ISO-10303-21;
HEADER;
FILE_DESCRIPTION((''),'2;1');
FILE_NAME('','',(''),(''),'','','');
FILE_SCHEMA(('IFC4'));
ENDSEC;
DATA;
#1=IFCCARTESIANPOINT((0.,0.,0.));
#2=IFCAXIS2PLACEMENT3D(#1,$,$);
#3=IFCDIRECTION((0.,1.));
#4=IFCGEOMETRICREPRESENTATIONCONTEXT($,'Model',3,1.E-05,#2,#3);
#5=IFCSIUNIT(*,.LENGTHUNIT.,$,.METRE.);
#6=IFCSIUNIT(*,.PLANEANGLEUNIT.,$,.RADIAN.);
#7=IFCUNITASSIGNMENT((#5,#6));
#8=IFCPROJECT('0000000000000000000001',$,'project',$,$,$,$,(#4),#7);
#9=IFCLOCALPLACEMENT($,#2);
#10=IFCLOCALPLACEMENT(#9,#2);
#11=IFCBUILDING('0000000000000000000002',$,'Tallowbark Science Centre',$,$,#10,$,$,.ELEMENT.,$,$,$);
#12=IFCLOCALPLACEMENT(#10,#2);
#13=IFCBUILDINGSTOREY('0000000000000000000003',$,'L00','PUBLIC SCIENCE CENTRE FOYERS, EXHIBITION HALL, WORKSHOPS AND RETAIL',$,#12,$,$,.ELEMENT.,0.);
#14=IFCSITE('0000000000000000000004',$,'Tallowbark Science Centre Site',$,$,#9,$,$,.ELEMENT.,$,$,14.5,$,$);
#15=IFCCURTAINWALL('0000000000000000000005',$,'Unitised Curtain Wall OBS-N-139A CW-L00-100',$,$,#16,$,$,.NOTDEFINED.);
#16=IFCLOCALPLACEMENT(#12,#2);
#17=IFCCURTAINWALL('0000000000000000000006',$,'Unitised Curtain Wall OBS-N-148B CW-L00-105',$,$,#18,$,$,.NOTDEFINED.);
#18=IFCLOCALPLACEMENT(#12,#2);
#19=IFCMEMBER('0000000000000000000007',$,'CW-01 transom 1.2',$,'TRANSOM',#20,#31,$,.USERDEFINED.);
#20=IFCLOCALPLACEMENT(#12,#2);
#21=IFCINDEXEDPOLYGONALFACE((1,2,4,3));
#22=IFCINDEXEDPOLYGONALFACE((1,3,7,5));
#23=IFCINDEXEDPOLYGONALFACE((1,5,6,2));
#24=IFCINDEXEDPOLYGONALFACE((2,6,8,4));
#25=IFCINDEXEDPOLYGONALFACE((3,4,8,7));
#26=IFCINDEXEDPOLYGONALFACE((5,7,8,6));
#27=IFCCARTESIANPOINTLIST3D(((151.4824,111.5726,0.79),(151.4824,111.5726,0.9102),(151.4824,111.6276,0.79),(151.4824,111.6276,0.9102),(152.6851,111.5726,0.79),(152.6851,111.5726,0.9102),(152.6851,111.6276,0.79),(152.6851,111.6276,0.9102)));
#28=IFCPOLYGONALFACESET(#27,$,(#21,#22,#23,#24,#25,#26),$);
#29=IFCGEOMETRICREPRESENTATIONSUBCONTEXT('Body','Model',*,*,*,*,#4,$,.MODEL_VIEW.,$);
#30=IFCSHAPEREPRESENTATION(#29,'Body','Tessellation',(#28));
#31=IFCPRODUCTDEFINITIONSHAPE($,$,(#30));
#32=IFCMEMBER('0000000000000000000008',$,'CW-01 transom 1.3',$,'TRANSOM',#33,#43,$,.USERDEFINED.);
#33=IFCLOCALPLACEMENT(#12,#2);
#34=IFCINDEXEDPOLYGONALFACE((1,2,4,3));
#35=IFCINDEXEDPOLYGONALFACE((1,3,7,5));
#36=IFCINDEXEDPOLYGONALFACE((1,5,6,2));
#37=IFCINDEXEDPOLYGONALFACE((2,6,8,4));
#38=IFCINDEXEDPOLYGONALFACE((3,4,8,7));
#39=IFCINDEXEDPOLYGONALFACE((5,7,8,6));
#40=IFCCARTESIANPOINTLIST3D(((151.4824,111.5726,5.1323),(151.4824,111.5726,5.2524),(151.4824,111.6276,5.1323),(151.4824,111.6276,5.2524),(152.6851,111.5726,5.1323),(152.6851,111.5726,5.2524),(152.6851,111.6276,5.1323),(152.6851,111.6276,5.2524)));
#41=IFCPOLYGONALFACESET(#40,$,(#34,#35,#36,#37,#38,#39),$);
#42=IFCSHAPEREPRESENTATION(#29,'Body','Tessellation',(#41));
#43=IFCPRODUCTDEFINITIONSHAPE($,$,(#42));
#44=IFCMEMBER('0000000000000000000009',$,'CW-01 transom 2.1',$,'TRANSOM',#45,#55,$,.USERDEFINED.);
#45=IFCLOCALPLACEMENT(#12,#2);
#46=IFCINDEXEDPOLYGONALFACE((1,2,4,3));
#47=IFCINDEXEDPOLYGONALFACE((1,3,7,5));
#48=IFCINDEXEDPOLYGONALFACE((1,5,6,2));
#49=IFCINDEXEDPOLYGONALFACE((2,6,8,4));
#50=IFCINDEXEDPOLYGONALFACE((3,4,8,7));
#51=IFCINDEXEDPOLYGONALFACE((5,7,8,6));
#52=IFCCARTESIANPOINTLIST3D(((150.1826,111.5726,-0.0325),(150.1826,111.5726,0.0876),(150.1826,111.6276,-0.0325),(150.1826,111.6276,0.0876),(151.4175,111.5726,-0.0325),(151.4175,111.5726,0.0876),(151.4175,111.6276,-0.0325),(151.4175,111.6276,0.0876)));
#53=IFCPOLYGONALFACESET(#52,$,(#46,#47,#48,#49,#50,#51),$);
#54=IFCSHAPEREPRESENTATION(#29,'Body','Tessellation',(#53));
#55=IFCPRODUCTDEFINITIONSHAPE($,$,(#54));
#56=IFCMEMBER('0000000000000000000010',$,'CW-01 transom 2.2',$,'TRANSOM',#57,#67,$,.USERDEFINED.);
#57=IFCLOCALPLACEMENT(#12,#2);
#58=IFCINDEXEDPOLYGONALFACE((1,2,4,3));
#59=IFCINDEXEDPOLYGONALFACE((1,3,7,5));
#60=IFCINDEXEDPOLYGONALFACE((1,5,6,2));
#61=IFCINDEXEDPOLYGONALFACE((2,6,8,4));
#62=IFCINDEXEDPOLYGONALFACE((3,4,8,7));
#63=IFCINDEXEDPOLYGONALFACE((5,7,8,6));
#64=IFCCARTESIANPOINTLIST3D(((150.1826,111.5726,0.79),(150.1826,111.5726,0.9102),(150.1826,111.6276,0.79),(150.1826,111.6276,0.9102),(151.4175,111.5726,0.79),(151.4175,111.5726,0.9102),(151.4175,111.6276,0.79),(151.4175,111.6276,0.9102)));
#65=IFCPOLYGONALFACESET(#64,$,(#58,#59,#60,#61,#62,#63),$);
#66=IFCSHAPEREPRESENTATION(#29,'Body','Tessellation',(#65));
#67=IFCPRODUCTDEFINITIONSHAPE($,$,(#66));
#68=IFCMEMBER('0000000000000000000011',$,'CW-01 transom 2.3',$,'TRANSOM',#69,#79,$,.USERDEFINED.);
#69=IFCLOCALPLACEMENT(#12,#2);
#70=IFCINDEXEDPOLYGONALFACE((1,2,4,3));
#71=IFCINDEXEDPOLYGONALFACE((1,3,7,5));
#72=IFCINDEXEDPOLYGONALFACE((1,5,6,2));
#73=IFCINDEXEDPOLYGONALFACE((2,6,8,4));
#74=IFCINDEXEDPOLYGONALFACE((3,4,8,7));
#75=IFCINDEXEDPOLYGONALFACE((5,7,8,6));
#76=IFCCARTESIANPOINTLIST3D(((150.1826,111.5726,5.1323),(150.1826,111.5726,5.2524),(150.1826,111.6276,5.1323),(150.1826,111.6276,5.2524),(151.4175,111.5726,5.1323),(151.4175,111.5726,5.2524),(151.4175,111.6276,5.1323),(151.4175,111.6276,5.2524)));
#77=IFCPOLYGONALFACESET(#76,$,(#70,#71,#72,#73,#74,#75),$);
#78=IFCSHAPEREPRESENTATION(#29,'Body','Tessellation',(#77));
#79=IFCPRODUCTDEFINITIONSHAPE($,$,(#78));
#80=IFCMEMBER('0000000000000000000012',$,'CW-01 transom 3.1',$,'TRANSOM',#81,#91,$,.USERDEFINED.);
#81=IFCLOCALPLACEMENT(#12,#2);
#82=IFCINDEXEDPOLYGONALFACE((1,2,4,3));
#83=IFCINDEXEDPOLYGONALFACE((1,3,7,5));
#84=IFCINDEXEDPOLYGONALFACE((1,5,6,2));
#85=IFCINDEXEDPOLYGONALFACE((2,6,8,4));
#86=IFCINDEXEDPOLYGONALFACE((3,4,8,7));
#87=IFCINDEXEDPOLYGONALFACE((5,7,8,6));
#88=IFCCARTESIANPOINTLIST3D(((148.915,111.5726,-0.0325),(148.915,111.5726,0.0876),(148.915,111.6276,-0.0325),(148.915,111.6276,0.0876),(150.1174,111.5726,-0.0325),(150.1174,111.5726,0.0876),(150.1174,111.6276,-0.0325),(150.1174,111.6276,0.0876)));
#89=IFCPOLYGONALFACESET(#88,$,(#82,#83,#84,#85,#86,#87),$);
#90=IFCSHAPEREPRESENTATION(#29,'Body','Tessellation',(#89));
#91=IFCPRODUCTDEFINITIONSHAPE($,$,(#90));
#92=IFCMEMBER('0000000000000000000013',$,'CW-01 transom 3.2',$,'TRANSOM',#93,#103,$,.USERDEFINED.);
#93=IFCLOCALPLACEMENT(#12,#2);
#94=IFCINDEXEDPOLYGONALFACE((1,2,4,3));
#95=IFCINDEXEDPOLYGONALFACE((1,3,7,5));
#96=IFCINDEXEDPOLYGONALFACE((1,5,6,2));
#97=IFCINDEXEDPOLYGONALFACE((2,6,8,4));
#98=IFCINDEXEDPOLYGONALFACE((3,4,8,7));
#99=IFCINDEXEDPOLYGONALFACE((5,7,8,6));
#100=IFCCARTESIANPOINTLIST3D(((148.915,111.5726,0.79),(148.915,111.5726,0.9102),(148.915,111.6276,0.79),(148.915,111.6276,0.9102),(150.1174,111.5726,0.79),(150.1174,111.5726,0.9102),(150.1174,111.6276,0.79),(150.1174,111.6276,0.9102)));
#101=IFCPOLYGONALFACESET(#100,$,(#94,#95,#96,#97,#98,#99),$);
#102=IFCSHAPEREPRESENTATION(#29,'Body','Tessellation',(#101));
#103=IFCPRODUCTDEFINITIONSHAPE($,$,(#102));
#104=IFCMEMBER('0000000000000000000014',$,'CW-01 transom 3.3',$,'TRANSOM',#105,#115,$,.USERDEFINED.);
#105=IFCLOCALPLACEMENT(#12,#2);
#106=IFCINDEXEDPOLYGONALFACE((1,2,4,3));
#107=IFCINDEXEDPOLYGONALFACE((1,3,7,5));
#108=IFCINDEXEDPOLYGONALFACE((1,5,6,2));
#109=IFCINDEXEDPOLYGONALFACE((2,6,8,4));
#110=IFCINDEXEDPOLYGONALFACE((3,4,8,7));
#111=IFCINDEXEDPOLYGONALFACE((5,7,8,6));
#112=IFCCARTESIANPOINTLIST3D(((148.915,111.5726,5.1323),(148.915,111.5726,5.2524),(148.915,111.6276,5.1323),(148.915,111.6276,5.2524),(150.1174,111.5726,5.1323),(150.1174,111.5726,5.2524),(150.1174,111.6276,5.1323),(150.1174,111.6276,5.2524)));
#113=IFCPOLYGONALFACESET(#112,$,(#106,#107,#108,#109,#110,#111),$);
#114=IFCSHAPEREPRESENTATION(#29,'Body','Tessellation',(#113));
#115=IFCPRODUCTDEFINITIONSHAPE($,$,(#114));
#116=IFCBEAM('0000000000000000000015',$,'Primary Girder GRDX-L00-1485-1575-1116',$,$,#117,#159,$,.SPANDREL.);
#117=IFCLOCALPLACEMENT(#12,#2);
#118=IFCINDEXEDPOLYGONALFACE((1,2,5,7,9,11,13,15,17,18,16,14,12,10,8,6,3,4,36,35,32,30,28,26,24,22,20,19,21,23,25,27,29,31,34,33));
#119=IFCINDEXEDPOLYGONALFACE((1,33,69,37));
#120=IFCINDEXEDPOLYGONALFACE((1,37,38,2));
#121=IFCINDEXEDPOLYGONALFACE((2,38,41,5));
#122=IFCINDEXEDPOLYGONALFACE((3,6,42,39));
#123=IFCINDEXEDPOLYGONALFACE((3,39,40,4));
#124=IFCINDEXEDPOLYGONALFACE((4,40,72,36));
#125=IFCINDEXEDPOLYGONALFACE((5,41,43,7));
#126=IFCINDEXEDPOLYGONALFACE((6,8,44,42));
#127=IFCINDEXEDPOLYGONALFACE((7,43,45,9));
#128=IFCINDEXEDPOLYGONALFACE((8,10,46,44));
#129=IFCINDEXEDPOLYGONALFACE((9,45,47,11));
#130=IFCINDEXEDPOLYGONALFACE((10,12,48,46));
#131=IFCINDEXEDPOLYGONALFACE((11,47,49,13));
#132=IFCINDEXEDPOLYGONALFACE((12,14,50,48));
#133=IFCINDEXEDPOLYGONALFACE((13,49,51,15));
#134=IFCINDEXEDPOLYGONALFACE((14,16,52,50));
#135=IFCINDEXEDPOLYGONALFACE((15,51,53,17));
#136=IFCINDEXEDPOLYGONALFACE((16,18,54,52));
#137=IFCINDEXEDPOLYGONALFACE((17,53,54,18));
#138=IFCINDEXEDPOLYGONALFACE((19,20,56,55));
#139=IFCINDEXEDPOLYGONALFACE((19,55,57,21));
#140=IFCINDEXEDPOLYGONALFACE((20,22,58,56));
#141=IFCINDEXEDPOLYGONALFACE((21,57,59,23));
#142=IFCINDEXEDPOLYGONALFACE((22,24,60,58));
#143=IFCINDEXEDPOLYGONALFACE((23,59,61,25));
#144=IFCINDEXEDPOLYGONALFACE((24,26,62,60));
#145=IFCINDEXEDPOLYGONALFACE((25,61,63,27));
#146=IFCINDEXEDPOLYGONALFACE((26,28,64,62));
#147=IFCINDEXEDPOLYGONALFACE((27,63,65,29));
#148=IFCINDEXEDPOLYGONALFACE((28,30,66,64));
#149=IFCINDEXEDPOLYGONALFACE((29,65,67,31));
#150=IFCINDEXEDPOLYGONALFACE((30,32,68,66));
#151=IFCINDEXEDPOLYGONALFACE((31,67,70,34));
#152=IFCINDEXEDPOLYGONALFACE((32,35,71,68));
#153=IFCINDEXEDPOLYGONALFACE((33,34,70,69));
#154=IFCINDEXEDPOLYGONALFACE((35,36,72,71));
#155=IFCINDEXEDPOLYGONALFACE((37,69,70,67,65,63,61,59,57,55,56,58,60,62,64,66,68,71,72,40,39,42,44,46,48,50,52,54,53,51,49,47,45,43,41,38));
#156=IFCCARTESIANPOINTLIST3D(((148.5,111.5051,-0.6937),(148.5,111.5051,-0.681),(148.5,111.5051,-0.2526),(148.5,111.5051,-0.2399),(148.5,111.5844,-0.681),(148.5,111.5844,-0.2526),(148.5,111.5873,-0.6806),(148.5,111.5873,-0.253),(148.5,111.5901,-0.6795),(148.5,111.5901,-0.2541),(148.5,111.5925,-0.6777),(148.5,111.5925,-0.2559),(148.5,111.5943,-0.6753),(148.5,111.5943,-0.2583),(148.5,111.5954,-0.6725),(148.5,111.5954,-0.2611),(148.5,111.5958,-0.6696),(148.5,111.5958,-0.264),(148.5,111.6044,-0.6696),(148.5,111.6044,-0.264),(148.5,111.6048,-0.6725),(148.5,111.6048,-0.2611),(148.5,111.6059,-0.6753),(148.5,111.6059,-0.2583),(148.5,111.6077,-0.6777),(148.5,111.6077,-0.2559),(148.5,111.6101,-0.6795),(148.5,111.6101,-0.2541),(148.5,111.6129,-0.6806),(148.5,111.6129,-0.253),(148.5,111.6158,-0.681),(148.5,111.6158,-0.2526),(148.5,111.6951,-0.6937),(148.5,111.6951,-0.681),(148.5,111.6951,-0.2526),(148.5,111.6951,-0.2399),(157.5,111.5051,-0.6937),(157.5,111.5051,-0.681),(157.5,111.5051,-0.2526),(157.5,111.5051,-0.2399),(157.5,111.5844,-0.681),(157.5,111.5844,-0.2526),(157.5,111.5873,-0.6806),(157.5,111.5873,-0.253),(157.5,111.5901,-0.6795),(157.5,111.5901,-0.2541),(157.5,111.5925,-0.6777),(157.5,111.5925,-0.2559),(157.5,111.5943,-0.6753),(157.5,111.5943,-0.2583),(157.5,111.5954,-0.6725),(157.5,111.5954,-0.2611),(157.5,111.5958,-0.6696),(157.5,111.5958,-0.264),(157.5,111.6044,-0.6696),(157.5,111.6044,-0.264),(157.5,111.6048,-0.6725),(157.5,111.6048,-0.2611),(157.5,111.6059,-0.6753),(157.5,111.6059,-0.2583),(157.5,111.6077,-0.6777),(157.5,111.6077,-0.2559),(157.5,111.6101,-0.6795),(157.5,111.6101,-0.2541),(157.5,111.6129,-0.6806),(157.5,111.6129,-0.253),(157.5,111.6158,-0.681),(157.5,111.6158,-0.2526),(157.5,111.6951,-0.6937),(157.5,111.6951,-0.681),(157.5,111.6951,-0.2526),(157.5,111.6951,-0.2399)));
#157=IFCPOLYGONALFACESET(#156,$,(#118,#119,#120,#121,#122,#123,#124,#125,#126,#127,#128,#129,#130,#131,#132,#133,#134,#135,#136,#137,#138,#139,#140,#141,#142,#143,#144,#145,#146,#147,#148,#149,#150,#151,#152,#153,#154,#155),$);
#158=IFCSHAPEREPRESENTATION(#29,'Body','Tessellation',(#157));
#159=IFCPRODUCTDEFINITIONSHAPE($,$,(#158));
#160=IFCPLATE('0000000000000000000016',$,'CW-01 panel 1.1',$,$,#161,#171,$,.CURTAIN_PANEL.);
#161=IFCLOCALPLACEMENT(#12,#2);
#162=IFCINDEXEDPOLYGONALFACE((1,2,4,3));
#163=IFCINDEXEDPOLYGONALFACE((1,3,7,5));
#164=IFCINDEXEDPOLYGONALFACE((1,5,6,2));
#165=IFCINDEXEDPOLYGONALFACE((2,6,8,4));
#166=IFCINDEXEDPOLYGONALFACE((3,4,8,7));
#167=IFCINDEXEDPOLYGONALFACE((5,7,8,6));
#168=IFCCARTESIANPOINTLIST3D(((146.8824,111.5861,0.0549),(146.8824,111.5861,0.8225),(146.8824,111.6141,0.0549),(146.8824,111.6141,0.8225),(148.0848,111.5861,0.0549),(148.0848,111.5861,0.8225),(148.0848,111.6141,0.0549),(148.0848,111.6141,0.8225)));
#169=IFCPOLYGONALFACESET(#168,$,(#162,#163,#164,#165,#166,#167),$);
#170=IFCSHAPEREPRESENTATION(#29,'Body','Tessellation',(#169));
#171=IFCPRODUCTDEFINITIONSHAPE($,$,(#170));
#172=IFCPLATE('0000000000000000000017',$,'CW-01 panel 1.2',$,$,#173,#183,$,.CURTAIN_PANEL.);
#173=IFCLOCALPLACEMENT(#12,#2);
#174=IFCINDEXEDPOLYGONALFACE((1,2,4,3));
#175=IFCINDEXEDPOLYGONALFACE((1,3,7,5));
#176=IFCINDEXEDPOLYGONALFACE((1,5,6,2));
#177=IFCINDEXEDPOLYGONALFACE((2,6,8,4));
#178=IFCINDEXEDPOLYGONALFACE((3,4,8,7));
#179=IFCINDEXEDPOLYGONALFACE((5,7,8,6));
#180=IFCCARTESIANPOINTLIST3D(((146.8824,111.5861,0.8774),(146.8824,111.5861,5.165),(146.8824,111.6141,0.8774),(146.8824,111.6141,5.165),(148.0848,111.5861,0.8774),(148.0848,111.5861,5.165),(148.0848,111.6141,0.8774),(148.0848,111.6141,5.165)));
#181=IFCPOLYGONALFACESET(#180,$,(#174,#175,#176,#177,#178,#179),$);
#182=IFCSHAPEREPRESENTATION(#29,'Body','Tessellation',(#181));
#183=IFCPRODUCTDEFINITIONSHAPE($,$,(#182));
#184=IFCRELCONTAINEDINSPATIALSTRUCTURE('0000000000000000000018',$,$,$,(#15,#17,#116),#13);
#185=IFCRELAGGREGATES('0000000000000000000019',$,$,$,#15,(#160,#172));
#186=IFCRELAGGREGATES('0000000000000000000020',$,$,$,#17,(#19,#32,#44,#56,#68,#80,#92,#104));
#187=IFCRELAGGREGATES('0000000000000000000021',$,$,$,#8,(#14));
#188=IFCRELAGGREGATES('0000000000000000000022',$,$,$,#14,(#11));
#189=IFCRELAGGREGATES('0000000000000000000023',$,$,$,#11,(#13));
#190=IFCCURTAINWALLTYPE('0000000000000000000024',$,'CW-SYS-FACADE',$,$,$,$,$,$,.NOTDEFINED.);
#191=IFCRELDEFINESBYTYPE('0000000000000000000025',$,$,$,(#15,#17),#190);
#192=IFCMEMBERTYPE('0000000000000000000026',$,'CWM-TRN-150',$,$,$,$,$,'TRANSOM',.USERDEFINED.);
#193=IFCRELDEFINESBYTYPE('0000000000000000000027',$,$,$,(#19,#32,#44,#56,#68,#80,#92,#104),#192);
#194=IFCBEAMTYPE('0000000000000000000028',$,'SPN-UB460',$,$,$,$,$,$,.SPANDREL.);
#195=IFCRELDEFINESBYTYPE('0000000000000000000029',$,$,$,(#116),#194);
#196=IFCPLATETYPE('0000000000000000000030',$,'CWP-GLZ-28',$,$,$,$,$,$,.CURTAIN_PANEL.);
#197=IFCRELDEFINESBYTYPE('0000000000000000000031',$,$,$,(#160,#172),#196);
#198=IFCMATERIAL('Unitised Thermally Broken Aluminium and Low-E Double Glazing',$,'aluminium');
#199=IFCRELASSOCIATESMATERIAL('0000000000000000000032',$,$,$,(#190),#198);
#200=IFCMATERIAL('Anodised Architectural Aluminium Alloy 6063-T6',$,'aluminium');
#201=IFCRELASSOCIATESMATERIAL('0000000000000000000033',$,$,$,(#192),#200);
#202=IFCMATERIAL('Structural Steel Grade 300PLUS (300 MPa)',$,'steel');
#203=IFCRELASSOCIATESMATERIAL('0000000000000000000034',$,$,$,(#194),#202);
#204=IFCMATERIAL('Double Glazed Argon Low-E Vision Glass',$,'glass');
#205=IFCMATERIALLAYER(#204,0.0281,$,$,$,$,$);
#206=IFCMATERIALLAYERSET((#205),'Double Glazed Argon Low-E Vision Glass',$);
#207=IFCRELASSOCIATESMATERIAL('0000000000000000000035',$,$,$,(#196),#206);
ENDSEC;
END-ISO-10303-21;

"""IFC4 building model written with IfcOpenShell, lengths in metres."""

from ifc_helpers import new_model, si_unit, direction, frame, origin, origin_2d, place, context, subcontext, project, spatial, rectangle, i_section, extrude, material, layer, layer_set, material_profile, profile_set, type_object, element, aggregate, save


model = new_model("IFC4")

# Units and contexts
model_context = context("Model", 3, precision=1e-05, world=origin(), true_north=direction((0.0, 1.0)))
body_context = subcontext(model_context, "Body", "Model", "MODEL_VIEW")
ifc_project = project(units=[si_unit("LENGTHUNIT", "METRE"), si_unit("PLANEANGLEUNIT", "RADIAN")], contexts=[model_context])

# Site, building, storey
site_placement = place(None, origin())
site = spatial("IfcSite", under=ifc_project, at=site_placement, Name="Tallowbark Science Centre Site", CompositionType="ELEMENT", RefElevation=14.5)
building_placement = place(site_placement, origin())
building = spatial("IfcBuilding", under=site, at=building_placement, Name="Tallowbark Science Centre", CompositionType="ELEMENT")
storey_placement = place(building_placement, origin())
storey = spatial("IfcBuildingStorey", under=building, at=storey_placement, Name="L00", Description="PUBLIC SCIENCE CENTRE FOYERS, EXHIBITION HALL, WORKSHOPS AND RETAIL", CompositionType="ELEMENT", Elevation=0.0)

# Shared definitions
ifc_material_1 = material(Name="Structural Steel Grade 300PLUS (300 MPa)", Category="steel")

# Curtain wall
ifc_material_2 = material(Name="Unitised Thermally Broken Aluminium and Low-E Double Glazing", Category="aluminium")
curtain_wall_type = type_object("IfcCurtainWallType", Name="CW-SYS-FACADE", PredefinedType="NOTDEFINED", material=ifc_material_2)
curtain_wall_1_placement = place(storey_placement, origin())
curtain_wall_1 = element("IfcCurtainWall", 1, at=curtain_wall_1_placement, inside=storey, type_object=curtain_wall_type, Name="Unitised Curtain Wall OBS-N-139A CW-L00-100", PredefinedType="NOTDEFINED")
ifc_material_3 = material(Name="Anodised Architectural Aluminium Alloy 6063-T6", Category="aluminium")

# Curtain wall
curtain_wall_2_placement = place(storey_placement, origin())
curtain_wall_2 = element("IfcCurtainWall", 2, at=curtain_wall_2_placement, inside=storey, type_object=curtain_wall_type, Name="Unitised Curtain Wall OBS-N-148B CW-L00-105", PredefinedType="NOTDEFINED")

# Members
ifc_material_profile_1 = material_profile(ifc_material_3, rectangle(XDim=0.0549, YDim=0.1201, at=origin_2d()), Name="ALU55x120")
ifc_profile_set_1 = profile_set([ifc_material_profile_1], Name="Anodised Architectural Aluminium Alloy 6063-T6")
member_type_1 = type_object("IfcMemberType", Name="CWM-TRN-150", ElementType="TRANSOM", PredefinedType="USERDEFINED", material=ifc_profile_set_1)
member_1_placement = place(storey_placement, frame((152.6851, 111.6001, 0.8501), z_axis=(-1.0, 0.0, 0.0), x_axis=(0.0, -1.0, 0.0)))
member_1 = element("IfcMember", 3, at=member_1_placement, type_object=member_type_1, Name="CW-01 transom 1.2", ObjectType="TRANSOM", PredefinedType="USERDEFINED", context=body_context, shape_type="SweptSolid", body=[
    extrude(rectangle(XDim=0.0549, YDim=0.1201, at=origin_2d()), origin(), (0.0, 0.0, 1.0), 1.2026),
])
member_2_placement = place(storey_placement, frame((152.6851, 111.6001, 5.1924), z_axis=(-1.0, 0.0, 0.0), x_axis=(0.0, -1.0, 0.0)))
member_2 = element("IfcMember", 4, at=member_2_placement, type_object=member_type_1, Name="CW-01 transom 1.3", ObjectType="TRANSOM", PredefinedType="USERDEFINED", context=body_context, shape_type="SweptSolid", body=[
    extrude(rectangle(XDim=0.0549, YDim=0.1201, at=origin_2d()), origin(), (0.0, 0.0, 1.0), 1.2026),
])
member_3_placement = place(storey_placement, frame((151.4175, 111.6001, 0.0276), z_axis=(-1.0, 0.0, 0.0), x_axis=(0.0, -1.0, 0.0)))
member_3 = element("IfcMember", 5, at=member_3_placement, type_object=member_type_1, Name="CW-01 transom 2.1", ObjectType="TRANSOM", PredefinedType="USERDEFINED", context=body_context, shape_type="SweptSolid", body=[
    extrude(rectangle(XDim=0.0549, YDim=0.1201, at=origin_2d()), origin(), (0.0, 0.0, 1.0), 1.2349),
])
member_4_placement = place(storey_placement, frame((151.4175, 111.6001, 0.8501), z_axis=(-1.0, 0.0, 0.0), x_axis=(0.0, -1.0, 0.0)))
member_4 = element("IfcMember", 6, at=member_4_placement, type_object=member_type_1, Name="CW-01 transom 2.2", ObjectType="TRANSOM", PredefinedType="USERDEFINED", context=body_context, shape_type="SweptSolid", body=[
    extrude(rectangle(XDim=0.0549, YDim=0.1201, at=origin_2d()), origin(), (0.0, 0.0, 1.0), 1.2349),
])
member_5_placement = place(storey_placement, frame((151.4175, 111.6001, 5.1924), z_axis=(-1.0, 0.0, 0.0), x_axis=(0.0, -1.0, 0.0)))
member_5 = element("IfcMember", 7, at=member_5_placement, type_object=member_type_1, Name="CW-01 transom 2.3", ObjectType="TRANSOM", PredefinedType="USERDEFINED", context=body_context, shape_type="SweptSolid", body=[
    extrude(rectangle(XDim=0.0549, YDim=0.1201, at=origin_2d()), origin(), (0.0, 0.0, 1.0), 1.2349),
])
member_6_placement = place(storey_placement, frame((150.1174, 111.6001, 0.0276), z_axis=(-1.0, 0.0, 0.0), x_axis=(0.0, -1.0, 0.0)))
member_6 = element("IfcMember", 8, at=member_6_placement, type_object=member_type_1, Name="CW-01 transom 3.1", ObjectType="TRANSOM", PredefinedType="USERDEFINED", context=body_context, shape_type="SweptSolid", body=[
    extrude(rectangle(XDim=0.0549, YDim=0.1201, at=origin_2d()), origin(), (0.0, 0.0, 1.0), 1.2024),
])
member_7_placement = place(storey_placement, frame((150.1174, 111.6001, 0.8501), z_axis=(-1.0, 0.0, 0.0), x_axis=(0.0, -1.0, 0.0)))
member_7 = element("IfcMember", 9, at=member_7_placement, type_object=member_type_1, Name="CW-01 transom 3.2", ObjectType="TRANSOM", PredefinedType="USERDEFINED", context=body_context, shape_type="SweptSolid", body=[
    extrude(rectangle(XDim=0.0549, YDim=0.1201, at=origin_2d()), origin(), (0.0, 0.0, 1.0), 1.2024),
])
member_8_placement = place(storey_placement, frame((150.1174, 111.6001, 5.1924), z_axis=(-1.0, 0.0, 0.0), x_axis=(0.0, -1.0, 0.0)))
member_8 = element("IfcMember", 10, at=member_8_placement, type_object=member_type_1, Name="CW-01 transom 3.3", ObjectType="TRANSOM", PredefinedType="USERDEFINED", context=body_context, shape_type="SweptSolid", body=[
    extrude(rectangle(XDim=0.0549, YDim=0.1201, at=origin_2d()), origin(), (0.0, 0.0, 1.0), 1.2024),
])

# Beam
ifc_material_profile_2 = material_profile(ifc_material_1, i_section(OverallWidth=0.1899, OverallDepth=0.4539, WebThickness=0.0085, FlangeThickness=0.0127, FilletRadius=0.0115, at=origin_2d()), Name="460UB67.1")
ifc_profile_set_2 = profile_set([ifc_material_profile_2], Name="Structural Steel Grade 300PLUS (300 MPa)")
beam_type = type_object("IfcBeamType", Name="SPN-UB460", PredefinedType="SPANDREL", material=ifc_profile_set_2)
beam_placement = place(storey_placement, frame((148.5, 111.6001, -0.4668), z_axis=(1.0, 0.0, 0.0), x_axis=(0.0, 1.0, 0.0)))
element("IfcBeam", 11, at=beam_placement, inside=storey, type_object=beam_type, Name="Primary Girder GRDX-L00-1485-1575-1116", PredefinedType="SPANDREL", context=body_context, shape_type="SweptSolid", body=[
    extrude(i_section(OverallWidth=0.1899, OverallDepth=0.4539, WebThickness=0.0085, FlangeThickness=0.0127, FilletRadius=0.0115, at=origin_2d()), origin(), (0.0, 0.0, 1.0), 9.0),
])

# Plates
ifc_material_4 = material(Name="Double Glazed Argon Low-E Vision Glass", Category="glass")
ifc_layer_1 = layer(ifc_material_4, 0.0281)
ifc_layer_set_1 = layer_set([ifc_layer_1], Name="Double Glazed Argon Low-E Vision Glass")
plate_type_1 = type_object("IfcPlateType", Name="CWP-GLZ-28", PredefinedType="CURTAIN_PANEL", material=ifc_layer_set_1)
plate_1_placement = place(storey_placement, frame((147.4836, 111.6001, 0.0549), z_axis=(0.0, 0.0, 1.0), x_axis=(-1.0, 0.0, 0.0)))
plate_1 = element("IfcPlate", 12, at=plate_1_placement, type_object=plate_type_1, Name="CW-01 panel 1.1", PredefinedType="CURTAIN_PANEL", context=body_context, shape_type="SweptSolid", body=[
    extrude(rectangle(XDim=1.2024, YDim=0.0281, at=origin_2d()), origin(), (0.0, 0.0, 1.0), 0.7676),
])
plate_2_placement = place(storey_placement, frame((147.4836, 111.6001, 0.8774), z_axis=(0.0, 0.0, 1.0), x_axis=(-1.0, 0.0, 0.0)))
plate_2 = element("IfcPlate", 13, at=plate_2_placement, type_object=plate_type_1, Name="CW-01 panel 1.2", PredefinedType="CURTAIN_PANEL", context=body_context, shape_type="SweptSolid", body=[
    extrude(rectangle(XDim=1.2024, YDim=0.0281, at=origin_2d()), origin(), (0.0, 0.0, 1.0), 4.2876),
])
aggregate(curtain_wall_1, [plate_1, plate_2])
aggregate(curtain_wall_2, [member_1, member_2, member_3, member_4, member_5, member_6, member_7, member_8])

save(model, "model.ifc")
